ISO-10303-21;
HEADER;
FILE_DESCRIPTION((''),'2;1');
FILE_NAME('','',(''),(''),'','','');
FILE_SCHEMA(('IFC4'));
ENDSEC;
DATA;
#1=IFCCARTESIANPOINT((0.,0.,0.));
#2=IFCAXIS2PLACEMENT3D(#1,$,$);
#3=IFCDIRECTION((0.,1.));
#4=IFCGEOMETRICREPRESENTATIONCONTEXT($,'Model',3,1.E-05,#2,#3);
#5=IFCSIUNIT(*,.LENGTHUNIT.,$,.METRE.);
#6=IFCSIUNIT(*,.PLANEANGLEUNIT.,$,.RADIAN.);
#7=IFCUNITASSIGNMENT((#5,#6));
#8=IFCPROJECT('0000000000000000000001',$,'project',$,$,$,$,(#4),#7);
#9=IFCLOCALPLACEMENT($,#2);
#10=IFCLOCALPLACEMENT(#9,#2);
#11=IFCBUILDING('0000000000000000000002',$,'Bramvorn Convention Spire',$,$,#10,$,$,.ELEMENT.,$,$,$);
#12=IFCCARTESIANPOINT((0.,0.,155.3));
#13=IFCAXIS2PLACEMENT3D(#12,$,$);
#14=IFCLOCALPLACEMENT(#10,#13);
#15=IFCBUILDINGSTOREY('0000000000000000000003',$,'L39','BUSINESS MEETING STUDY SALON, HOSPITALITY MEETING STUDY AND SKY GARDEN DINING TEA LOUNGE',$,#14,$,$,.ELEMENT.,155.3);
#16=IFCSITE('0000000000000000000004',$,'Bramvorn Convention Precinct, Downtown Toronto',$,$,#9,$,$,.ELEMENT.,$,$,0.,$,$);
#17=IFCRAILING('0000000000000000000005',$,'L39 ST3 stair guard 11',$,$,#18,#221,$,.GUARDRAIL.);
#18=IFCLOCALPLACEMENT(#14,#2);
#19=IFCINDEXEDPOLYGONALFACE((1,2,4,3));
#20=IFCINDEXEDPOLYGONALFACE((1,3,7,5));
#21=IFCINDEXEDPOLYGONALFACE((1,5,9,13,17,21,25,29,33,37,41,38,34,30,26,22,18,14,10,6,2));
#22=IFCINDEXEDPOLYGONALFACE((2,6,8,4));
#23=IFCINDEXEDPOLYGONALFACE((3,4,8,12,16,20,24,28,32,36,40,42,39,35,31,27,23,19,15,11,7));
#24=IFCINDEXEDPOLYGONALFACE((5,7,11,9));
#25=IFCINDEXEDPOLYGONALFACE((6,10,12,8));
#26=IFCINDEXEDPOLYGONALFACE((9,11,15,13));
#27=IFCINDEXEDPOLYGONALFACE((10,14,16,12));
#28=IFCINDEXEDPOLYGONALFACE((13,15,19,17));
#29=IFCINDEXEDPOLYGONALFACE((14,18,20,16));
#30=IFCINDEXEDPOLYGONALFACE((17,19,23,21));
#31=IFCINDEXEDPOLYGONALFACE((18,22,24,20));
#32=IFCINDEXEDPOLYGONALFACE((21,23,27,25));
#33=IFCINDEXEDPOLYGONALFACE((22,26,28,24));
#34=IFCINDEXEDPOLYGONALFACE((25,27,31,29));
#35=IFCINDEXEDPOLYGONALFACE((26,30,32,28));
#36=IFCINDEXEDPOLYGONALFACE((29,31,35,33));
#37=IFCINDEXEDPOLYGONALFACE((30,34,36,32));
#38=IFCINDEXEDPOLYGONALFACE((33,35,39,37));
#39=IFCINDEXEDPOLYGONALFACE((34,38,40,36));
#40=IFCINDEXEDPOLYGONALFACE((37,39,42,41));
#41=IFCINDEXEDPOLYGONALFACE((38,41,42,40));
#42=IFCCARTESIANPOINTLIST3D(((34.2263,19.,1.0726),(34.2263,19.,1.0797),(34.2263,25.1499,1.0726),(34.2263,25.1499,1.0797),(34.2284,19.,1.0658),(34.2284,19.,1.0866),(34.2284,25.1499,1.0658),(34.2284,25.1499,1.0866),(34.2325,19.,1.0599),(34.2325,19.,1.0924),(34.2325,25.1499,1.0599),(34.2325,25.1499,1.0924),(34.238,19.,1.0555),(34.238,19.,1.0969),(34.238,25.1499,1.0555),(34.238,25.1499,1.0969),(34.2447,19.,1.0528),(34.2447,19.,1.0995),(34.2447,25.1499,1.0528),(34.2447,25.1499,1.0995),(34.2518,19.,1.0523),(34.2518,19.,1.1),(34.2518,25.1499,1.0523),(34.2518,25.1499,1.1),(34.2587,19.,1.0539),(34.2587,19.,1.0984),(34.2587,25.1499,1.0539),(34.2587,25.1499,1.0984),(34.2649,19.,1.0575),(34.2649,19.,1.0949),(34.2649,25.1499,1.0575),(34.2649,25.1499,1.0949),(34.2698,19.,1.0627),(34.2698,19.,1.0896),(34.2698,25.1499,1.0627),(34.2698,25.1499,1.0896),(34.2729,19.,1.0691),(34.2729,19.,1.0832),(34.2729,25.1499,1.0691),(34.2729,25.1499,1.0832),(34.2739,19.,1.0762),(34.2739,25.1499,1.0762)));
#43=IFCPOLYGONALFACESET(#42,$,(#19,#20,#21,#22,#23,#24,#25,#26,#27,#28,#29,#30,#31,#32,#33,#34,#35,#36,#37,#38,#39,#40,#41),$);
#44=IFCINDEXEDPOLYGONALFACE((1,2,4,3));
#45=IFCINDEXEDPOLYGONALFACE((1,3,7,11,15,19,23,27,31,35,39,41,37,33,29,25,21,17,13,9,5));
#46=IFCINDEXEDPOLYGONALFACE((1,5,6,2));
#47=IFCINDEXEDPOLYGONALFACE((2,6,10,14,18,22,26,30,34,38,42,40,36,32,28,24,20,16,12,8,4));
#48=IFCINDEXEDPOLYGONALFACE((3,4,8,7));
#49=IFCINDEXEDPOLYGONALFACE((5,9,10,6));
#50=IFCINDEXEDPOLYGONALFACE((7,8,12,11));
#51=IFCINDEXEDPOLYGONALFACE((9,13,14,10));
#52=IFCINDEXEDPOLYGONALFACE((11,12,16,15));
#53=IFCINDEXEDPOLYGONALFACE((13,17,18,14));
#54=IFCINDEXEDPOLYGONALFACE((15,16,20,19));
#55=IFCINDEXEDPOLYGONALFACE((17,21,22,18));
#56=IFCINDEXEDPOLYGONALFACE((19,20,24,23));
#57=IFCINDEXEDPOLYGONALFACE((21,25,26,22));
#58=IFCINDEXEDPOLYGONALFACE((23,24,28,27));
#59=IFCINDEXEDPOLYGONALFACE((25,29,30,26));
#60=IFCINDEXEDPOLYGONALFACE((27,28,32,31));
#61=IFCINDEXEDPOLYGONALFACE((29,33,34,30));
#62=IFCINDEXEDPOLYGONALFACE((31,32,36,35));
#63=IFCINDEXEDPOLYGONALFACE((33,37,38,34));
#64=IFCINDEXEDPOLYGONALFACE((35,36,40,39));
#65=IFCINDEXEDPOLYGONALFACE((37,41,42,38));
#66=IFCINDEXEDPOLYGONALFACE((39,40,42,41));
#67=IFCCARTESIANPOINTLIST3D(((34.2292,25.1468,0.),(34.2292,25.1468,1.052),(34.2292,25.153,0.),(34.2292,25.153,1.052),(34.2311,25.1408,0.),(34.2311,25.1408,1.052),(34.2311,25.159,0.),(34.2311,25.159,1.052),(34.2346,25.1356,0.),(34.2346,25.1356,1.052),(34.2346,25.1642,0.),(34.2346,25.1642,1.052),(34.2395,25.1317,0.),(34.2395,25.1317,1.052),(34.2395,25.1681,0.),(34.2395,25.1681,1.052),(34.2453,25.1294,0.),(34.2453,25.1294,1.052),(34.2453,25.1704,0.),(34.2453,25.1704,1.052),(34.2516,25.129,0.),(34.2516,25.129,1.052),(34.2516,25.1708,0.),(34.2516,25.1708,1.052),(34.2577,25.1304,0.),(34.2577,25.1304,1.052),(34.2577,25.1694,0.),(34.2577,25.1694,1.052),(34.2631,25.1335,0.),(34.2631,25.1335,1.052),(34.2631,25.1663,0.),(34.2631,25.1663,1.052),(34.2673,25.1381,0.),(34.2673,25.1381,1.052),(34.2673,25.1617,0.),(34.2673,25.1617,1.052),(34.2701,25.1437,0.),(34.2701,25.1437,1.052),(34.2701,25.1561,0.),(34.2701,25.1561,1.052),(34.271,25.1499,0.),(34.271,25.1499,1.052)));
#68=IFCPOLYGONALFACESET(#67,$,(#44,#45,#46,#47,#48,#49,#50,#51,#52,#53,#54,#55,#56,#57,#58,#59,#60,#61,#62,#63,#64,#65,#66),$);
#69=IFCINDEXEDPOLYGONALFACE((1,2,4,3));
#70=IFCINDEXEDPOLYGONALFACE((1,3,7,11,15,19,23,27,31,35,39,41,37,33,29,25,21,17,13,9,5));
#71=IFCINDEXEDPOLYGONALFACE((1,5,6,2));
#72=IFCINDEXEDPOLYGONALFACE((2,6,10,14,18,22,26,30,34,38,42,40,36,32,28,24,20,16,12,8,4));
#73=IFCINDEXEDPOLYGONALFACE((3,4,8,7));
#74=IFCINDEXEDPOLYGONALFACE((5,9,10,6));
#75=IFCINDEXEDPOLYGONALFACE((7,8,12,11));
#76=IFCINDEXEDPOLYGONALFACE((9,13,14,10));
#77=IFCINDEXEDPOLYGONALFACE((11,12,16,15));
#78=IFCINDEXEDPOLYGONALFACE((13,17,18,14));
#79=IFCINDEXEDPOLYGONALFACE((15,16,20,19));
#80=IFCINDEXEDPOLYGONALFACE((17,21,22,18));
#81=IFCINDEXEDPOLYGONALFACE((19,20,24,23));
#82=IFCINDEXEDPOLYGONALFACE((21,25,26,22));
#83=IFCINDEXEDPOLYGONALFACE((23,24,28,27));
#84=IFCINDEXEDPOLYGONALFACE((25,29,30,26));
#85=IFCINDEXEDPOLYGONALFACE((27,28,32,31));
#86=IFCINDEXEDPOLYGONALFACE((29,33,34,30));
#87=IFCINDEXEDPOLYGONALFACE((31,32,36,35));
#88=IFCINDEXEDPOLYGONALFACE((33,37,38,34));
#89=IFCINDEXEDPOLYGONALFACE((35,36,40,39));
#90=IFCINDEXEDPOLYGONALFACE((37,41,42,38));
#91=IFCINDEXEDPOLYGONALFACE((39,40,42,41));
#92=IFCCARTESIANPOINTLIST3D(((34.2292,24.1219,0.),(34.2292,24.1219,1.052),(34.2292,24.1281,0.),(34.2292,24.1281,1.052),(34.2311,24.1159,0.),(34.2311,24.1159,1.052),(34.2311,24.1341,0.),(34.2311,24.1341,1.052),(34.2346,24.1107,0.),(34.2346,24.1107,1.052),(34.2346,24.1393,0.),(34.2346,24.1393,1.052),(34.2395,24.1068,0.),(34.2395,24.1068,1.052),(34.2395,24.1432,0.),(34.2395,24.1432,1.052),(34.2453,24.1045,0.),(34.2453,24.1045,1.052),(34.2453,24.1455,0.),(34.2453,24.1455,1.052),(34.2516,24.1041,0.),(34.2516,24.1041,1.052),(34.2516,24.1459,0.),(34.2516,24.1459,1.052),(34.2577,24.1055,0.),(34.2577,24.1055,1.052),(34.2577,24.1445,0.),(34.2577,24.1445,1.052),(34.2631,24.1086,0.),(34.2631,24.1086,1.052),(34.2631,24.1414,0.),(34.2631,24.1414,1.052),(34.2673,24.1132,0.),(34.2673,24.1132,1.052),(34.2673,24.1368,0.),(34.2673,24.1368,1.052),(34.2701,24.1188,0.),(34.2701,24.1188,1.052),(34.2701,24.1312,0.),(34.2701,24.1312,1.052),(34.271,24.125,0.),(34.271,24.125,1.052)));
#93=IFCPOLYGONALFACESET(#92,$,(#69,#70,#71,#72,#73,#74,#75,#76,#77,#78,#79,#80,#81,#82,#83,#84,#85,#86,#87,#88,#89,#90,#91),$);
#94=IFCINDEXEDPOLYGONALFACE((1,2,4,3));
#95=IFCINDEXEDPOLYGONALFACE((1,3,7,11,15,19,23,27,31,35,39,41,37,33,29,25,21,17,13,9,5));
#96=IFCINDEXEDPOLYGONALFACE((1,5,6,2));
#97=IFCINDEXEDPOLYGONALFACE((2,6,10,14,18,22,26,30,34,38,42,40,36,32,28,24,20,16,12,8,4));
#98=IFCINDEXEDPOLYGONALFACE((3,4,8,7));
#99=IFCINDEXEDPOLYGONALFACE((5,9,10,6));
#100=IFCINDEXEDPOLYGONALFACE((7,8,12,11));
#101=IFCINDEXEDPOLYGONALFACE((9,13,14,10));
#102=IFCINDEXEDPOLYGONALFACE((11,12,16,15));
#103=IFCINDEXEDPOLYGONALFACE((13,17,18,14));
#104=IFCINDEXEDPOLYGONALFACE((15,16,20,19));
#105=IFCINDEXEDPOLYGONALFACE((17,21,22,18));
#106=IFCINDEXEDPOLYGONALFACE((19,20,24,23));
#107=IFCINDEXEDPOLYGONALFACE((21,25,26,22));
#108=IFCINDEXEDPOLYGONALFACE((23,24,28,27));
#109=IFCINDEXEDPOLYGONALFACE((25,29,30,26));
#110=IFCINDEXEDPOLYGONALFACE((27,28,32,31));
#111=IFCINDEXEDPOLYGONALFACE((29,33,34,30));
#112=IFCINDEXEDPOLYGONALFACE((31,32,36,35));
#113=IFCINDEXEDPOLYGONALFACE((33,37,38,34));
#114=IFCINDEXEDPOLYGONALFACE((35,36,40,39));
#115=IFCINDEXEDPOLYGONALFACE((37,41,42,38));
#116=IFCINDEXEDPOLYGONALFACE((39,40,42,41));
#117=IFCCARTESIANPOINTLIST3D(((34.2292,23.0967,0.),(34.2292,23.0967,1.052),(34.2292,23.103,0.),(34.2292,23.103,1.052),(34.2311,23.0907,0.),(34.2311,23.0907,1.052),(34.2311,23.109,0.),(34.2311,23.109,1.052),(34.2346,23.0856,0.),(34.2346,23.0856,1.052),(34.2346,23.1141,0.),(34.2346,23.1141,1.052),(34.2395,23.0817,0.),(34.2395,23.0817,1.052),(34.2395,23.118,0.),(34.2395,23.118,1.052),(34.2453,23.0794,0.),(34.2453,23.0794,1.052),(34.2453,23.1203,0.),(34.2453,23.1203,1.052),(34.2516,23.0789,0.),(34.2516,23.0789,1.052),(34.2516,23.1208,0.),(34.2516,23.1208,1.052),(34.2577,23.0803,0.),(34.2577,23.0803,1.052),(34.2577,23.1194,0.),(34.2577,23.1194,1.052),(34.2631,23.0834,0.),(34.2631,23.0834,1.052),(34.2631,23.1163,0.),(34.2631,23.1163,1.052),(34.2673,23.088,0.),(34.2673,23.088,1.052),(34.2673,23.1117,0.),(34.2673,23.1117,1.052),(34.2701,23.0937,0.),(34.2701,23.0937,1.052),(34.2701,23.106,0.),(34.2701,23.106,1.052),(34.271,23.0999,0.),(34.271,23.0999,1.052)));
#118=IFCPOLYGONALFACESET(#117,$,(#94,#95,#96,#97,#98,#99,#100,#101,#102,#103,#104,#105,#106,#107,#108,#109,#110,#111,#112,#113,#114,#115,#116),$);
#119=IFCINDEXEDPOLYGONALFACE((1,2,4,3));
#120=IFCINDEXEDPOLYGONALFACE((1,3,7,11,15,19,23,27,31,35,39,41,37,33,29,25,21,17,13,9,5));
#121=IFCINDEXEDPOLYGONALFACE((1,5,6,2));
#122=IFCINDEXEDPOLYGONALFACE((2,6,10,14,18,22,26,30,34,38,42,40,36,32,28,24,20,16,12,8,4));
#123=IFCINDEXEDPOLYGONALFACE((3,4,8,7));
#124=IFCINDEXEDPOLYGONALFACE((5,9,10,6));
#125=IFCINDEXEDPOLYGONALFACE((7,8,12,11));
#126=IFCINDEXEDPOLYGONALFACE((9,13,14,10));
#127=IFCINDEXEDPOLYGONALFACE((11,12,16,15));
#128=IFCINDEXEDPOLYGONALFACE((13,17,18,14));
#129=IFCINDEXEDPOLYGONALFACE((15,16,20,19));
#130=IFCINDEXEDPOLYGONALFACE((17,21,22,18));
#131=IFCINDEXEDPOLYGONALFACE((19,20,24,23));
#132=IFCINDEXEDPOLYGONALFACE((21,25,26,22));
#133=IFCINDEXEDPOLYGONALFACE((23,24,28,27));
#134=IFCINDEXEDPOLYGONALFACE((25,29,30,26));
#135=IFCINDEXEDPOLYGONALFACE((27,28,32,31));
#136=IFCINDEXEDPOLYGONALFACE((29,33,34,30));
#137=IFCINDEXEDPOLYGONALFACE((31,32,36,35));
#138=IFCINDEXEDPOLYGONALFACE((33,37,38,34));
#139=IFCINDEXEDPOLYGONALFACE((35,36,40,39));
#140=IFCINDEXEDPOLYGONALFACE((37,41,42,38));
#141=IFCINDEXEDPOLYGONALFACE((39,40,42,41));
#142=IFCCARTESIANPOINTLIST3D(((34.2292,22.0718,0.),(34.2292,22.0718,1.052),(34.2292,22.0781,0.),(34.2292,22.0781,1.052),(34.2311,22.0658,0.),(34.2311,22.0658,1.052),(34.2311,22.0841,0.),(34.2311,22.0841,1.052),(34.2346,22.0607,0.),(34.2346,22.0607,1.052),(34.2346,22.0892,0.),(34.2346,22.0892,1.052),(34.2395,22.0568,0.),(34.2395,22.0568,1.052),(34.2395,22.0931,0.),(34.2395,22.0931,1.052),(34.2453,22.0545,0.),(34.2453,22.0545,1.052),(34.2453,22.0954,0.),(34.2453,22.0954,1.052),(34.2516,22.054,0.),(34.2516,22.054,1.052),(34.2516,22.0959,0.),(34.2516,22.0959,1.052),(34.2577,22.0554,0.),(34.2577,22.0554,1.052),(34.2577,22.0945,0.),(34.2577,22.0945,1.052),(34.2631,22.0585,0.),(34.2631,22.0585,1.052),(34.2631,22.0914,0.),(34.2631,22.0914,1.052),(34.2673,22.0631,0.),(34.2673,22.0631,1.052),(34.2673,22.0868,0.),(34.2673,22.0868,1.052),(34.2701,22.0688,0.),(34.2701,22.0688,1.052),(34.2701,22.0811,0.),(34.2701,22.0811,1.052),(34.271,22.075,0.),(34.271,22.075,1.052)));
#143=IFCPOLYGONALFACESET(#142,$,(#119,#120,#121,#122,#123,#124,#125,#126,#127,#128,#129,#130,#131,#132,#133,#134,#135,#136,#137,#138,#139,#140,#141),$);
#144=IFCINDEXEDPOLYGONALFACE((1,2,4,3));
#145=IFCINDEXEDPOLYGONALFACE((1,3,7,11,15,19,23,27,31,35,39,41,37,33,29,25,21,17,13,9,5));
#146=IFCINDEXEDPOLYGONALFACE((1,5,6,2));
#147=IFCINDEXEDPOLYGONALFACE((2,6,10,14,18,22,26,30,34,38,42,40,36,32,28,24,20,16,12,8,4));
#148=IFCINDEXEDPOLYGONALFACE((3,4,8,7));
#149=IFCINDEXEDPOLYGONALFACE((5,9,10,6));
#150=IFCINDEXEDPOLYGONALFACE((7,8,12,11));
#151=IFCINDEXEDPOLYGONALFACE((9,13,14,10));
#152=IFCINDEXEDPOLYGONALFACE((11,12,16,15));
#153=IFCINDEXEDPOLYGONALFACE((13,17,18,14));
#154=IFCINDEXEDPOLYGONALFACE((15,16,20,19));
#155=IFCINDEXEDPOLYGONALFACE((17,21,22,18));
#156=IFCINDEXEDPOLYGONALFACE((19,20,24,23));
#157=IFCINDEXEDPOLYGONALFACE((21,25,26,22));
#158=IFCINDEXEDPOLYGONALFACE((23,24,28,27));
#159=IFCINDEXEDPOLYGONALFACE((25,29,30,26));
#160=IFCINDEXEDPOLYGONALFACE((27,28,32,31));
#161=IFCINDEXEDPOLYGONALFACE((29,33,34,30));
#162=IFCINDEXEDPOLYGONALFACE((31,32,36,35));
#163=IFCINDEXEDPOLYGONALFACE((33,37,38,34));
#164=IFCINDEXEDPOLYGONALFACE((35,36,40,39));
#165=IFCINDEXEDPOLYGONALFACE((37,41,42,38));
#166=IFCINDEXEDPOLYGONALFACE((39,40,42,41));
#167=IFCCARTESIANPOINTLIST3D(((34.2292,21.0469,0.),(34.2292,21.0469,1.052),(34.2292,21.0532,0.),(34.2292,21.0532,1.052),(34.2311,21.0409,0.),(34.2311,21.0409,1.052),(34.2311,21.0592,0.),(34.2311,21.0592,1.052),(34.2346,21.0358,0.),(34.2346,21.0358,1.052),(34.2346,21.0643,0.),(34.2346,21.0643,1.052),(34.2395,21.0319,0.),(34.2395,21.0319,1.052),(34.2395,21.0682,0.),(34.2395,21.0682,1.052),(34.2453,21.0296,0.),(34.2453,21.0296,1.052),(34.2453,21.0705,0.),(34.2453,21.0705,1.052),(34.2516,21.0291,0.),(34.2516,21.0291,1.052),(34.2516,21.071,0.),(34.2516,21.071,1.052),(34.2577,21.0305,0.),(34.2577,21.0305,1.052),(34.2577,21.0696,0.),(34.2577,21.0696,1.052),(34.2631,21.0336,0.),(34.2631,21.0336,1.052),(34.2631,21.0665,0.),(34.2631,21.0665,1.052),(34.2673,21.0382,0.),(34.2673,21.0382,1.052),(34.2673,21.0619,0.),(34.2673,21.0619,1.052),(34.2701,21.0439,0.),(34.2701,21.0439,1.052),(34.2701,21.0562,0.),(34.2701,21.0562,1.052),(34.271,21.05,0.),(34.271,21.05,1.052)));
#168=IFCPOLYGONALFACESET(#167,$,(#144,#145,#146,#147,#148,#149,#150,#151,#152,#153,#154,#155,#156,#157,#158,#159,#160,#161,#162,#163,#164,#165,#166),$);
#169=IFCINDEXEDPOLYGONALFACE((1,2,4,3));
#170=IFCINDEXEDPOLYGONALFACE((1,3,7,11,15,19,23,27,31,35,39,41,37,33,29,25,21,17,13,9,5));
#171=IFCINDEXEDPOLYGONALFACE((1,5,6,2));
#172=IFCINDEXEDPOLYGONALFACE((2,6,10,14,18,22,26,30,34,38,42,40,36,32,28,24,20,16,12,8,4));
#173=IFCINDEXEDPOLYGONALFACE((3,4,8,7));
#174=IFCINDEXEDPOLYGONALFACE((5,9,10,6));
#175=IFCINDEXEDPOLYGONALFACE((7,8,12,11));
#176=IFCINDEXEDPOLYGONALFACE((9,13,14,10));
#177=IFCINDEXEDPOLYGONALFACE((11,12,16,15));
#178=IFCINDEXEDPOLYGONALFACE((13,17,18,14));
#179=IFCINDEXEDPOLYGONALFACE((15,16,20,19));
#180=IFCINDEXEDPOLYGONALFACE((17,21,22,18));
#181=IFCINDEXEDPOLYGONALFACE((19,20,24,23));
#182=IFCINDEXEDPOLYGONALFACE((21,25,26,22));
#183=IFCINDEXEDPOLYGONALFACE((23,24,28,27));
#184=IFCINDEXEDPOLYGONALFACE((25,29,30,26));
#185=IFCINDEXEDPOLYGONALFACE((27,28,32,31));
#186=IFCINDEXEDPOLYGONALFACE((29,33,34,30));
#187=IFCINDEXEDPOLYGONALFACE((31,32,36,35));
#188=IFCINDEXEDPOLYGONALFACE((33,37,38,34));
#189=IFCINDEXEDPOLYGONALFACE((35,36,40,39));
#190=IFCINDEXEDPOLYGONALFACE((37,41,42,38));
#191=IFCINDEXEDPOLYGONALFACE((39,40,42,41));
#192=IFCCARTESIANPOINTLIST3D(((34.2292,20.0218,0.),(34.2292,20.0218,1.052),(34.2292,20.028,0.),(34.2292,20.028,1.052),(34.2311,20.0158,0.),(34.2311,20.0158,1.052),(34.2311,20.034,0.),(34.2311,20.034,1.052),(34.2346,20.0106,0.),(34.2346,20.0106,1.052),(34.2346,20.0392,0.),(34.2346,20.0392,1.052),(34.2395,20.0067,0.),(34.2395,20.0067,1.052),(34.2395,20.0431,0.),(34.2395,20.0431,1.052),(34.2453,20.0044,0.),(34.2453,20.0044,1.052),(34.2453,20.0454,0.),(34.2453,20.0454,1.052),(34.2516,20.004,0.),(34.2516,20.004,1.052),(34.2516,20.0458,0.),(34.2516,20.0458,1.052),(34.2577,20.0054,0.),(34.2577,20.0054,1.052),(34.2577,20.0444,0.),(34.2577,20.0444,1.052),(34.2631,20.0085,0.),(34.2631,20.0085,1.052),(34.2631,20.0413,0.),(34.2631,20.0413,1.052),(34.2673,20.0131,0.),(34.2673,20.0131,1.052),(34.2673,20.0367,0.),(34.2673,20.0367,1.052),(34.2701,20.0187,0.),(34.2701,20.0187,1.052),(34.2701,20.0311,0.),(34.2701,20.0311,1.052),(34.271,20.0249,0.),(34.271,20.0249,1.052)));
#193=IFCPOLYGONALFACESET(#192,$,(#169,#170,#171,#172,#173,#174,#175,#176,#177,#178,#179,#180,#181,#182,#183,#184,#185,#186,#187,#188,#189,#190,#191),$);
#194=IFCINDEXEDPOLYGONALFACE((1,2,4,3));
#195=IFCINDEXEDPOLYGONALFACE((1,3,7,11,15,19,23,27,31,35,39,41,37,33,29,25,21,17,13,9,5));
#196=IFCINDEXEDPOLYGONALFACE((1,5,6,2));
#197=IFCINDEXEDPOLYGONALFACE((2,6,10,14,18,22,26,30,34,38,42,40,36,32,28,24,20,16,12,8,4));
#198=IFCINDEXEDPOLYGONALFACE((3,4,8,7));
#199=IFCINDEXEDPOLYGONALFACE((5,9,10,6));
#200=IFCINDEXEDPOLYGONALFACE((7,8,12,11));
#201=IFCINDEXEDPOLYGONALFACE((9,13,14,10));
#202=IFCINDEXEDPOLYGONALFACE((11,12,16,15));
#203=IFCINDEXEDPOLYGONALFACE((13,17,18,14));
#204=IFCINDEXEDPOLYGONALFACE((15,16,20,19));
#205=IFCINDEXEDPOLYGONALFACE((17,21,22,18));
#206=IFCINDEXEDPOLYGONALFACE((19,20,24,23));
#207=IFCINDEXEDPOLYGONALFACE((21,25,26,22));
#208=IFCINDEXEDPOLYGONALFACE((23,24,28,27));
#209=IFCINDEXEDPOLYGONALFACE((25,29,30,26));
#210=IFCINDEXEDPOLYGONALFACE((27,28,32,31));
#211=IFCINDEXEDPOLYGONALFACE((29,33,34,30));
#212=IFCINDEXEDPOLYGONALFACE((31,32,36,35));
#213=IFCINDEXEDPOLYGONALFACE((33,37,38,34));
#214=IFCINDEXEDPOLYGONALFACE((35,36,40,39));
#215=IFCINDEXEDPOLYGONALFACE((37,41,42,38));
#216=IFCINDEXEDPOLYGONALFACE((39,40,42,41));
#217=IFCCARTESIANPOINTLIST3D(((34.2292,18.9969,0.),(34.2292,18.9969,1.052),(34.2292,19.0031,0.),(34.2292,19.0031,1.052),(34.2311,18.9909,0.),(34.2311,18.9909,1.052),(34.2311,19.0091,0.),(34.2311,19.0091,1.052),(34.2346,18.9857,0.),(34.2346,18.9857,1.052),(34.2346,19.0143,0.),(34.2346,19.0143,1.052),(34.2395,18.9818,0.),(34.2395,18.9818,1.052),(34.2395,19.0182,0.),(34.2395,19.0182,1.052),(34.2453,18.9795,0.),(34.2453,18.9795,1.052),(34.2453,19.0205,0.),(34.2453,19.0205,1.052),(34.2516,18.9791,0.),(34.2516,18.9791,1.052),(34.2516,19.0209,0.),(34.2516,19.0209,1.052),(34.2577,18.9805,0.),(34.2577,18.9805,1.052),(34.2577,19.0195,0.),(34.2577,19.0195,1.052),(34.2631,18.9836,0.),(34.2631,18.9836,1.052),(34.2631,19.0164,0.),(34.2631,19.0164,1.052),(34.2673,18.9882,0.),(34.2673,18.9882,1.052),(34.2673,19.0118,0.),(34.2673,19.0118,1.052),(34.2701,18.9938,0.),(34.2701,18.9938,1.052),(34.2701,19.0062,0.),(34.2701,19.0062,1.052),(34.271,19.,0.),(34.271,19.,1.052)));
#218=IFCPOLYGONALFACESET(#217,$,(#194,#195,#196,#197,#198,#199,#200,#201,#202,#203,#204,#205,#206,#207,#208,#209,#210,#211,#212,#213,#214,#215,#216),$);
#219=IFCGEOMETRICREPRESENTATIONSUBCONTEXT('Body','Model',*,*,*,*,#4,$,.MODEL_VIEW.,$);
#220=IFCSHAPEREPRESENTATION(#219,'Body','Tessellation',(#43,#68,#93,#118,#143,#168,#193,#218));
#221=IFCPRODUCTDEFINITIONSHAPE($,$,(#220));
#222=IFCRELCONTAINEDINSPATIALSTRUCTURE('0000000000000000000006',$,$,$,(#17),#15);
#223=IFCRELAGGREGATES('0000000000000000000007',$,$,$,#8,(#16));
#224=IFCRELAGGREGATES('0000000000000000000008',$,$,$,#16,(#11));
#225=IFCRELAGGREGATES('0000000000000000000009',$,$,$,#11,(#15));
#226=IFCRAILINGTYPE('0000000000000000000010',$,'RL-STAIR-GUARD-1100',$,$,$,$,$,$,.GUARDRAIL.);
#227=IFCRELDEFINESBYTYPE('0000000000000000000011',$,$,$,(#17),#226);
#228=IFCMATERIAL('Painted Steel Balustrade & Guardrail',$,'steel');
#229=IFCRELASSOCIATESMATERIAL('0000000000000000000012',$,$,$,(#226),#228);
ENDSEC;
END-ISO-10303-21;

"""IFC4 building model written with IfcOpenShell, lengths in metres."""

from ifc_helpers import new_model, si_unit, direction, frame, origin, origin_2d, place, context, subcontext, project, spatial, circle, extrude, material, type_object, element, save


model = new_model("IFC4")

# Units and contexts
model_context = context("Model", 3, precision=1e-05, world=origin(), true_north=direction((0.0, 1.0)))
body_context = subcontext(model_context, "Body", "Model", "MODEL_VIEW")
ifc_project = project(units=[si_unit("LENGTHUNIT", "METRE"), si_unit("PLANEANGLEUNIT", "RADIAN")], contexts=[model_context])

# Site, building, storey
site_placement = place(None, origin())
site = spatial("IfcSite", under=ifc_project, at=site_placement, Name="Bramvorn Convention Precinct, Downtown Toronto", CompositionType="ELEMENT", RefElevation=0.0)
building_placement = place(site_placement, origin())
building = spatial("IfcBuilding", under=site, at=building_placement, Name="Bramvorn Convention Spire", CompositionType="ELEMENT")
storey_placement = place(building_placement, frame((0.0, 0.0, 155.3)))
storey = spatial("IfcBuildingStorey", under=building, at=storey_placement, Name="L39", Description="BUSINESS MEETING STUDY SALON, HOSPITALITY MEETING STUDY AND SKY GARDEN DINING TEA LOUNGE", CompositionType="ELEMENT", Elevation=155.3)

# Railing
ifc_material_1 = material(Name="Painted Steel Balustrade & Guardrail", Category="steel")
railing_type_1 = type_object("IfcRailingType", Name="RL-STAIR-GUARD-1100", PredefinedType="GUARDRAIL", material=ifc_material_1)
railing_1_placement = place(storey_placement, frame((34.25, 25.1499, 0.0)))
element("IfcRailing", 1, at=railing_1_placement, inside=storey, type_object=railing_type_1, Name="L39 ST3 stair guard 11", PredefinedType="GUARDRAIL", context=body_context, shape_type="SweptSolid", body=[
    extrude(circle(Radius=0.0239, at=origin_2d()), frame((0.0, 0.0, 1.0762), z_axis=(0.0, -1.0, 0.0), x_axis=(1.0, 0.0, 0.0)), (0.0, 0.0, 1.0), 6.1499),
    extrude(circle(Radius=0.021, at=origin_2d()), origin(), (0.0, 0.0, 1.0), 1.052),
    extrude(circle(Radius=0.021, at=origin_2d()), frame((0.0, -1.0249, 0.0)), (0.0, 0.0, 1.0), 1.052),
    extrude(circle(Radius=0.021, at=origin_2d()), frame((0.0, -2.05, 0.0)), (0.0, 0.0, 1.0), 1.052),
    extrude(circle(Radius=0.021, at=origin_2d()), frame((0.0, -3.075, 0.0)), (0.0, 0.0, 1.0), 1.052),
    extrude(circle(Radius=0.021, at=origin_2d()), frame((0.0, -4.0999, 0.0)), (0.0, 0.0, 1.0), 1.052),
    extrude(circle(Radius=0.021, at=origin_2d()), frame((0.0, -5.125, 0.0)), (0.0, 0.0, 1.0), 1.052),
    extrude(circle(Radius=0.021, at=origin_2d()), frame((0.0, -6.1499, 0.0)), (0.0, 0.0, 1.0), 1.052),
])

save(model, "model.ifc")
